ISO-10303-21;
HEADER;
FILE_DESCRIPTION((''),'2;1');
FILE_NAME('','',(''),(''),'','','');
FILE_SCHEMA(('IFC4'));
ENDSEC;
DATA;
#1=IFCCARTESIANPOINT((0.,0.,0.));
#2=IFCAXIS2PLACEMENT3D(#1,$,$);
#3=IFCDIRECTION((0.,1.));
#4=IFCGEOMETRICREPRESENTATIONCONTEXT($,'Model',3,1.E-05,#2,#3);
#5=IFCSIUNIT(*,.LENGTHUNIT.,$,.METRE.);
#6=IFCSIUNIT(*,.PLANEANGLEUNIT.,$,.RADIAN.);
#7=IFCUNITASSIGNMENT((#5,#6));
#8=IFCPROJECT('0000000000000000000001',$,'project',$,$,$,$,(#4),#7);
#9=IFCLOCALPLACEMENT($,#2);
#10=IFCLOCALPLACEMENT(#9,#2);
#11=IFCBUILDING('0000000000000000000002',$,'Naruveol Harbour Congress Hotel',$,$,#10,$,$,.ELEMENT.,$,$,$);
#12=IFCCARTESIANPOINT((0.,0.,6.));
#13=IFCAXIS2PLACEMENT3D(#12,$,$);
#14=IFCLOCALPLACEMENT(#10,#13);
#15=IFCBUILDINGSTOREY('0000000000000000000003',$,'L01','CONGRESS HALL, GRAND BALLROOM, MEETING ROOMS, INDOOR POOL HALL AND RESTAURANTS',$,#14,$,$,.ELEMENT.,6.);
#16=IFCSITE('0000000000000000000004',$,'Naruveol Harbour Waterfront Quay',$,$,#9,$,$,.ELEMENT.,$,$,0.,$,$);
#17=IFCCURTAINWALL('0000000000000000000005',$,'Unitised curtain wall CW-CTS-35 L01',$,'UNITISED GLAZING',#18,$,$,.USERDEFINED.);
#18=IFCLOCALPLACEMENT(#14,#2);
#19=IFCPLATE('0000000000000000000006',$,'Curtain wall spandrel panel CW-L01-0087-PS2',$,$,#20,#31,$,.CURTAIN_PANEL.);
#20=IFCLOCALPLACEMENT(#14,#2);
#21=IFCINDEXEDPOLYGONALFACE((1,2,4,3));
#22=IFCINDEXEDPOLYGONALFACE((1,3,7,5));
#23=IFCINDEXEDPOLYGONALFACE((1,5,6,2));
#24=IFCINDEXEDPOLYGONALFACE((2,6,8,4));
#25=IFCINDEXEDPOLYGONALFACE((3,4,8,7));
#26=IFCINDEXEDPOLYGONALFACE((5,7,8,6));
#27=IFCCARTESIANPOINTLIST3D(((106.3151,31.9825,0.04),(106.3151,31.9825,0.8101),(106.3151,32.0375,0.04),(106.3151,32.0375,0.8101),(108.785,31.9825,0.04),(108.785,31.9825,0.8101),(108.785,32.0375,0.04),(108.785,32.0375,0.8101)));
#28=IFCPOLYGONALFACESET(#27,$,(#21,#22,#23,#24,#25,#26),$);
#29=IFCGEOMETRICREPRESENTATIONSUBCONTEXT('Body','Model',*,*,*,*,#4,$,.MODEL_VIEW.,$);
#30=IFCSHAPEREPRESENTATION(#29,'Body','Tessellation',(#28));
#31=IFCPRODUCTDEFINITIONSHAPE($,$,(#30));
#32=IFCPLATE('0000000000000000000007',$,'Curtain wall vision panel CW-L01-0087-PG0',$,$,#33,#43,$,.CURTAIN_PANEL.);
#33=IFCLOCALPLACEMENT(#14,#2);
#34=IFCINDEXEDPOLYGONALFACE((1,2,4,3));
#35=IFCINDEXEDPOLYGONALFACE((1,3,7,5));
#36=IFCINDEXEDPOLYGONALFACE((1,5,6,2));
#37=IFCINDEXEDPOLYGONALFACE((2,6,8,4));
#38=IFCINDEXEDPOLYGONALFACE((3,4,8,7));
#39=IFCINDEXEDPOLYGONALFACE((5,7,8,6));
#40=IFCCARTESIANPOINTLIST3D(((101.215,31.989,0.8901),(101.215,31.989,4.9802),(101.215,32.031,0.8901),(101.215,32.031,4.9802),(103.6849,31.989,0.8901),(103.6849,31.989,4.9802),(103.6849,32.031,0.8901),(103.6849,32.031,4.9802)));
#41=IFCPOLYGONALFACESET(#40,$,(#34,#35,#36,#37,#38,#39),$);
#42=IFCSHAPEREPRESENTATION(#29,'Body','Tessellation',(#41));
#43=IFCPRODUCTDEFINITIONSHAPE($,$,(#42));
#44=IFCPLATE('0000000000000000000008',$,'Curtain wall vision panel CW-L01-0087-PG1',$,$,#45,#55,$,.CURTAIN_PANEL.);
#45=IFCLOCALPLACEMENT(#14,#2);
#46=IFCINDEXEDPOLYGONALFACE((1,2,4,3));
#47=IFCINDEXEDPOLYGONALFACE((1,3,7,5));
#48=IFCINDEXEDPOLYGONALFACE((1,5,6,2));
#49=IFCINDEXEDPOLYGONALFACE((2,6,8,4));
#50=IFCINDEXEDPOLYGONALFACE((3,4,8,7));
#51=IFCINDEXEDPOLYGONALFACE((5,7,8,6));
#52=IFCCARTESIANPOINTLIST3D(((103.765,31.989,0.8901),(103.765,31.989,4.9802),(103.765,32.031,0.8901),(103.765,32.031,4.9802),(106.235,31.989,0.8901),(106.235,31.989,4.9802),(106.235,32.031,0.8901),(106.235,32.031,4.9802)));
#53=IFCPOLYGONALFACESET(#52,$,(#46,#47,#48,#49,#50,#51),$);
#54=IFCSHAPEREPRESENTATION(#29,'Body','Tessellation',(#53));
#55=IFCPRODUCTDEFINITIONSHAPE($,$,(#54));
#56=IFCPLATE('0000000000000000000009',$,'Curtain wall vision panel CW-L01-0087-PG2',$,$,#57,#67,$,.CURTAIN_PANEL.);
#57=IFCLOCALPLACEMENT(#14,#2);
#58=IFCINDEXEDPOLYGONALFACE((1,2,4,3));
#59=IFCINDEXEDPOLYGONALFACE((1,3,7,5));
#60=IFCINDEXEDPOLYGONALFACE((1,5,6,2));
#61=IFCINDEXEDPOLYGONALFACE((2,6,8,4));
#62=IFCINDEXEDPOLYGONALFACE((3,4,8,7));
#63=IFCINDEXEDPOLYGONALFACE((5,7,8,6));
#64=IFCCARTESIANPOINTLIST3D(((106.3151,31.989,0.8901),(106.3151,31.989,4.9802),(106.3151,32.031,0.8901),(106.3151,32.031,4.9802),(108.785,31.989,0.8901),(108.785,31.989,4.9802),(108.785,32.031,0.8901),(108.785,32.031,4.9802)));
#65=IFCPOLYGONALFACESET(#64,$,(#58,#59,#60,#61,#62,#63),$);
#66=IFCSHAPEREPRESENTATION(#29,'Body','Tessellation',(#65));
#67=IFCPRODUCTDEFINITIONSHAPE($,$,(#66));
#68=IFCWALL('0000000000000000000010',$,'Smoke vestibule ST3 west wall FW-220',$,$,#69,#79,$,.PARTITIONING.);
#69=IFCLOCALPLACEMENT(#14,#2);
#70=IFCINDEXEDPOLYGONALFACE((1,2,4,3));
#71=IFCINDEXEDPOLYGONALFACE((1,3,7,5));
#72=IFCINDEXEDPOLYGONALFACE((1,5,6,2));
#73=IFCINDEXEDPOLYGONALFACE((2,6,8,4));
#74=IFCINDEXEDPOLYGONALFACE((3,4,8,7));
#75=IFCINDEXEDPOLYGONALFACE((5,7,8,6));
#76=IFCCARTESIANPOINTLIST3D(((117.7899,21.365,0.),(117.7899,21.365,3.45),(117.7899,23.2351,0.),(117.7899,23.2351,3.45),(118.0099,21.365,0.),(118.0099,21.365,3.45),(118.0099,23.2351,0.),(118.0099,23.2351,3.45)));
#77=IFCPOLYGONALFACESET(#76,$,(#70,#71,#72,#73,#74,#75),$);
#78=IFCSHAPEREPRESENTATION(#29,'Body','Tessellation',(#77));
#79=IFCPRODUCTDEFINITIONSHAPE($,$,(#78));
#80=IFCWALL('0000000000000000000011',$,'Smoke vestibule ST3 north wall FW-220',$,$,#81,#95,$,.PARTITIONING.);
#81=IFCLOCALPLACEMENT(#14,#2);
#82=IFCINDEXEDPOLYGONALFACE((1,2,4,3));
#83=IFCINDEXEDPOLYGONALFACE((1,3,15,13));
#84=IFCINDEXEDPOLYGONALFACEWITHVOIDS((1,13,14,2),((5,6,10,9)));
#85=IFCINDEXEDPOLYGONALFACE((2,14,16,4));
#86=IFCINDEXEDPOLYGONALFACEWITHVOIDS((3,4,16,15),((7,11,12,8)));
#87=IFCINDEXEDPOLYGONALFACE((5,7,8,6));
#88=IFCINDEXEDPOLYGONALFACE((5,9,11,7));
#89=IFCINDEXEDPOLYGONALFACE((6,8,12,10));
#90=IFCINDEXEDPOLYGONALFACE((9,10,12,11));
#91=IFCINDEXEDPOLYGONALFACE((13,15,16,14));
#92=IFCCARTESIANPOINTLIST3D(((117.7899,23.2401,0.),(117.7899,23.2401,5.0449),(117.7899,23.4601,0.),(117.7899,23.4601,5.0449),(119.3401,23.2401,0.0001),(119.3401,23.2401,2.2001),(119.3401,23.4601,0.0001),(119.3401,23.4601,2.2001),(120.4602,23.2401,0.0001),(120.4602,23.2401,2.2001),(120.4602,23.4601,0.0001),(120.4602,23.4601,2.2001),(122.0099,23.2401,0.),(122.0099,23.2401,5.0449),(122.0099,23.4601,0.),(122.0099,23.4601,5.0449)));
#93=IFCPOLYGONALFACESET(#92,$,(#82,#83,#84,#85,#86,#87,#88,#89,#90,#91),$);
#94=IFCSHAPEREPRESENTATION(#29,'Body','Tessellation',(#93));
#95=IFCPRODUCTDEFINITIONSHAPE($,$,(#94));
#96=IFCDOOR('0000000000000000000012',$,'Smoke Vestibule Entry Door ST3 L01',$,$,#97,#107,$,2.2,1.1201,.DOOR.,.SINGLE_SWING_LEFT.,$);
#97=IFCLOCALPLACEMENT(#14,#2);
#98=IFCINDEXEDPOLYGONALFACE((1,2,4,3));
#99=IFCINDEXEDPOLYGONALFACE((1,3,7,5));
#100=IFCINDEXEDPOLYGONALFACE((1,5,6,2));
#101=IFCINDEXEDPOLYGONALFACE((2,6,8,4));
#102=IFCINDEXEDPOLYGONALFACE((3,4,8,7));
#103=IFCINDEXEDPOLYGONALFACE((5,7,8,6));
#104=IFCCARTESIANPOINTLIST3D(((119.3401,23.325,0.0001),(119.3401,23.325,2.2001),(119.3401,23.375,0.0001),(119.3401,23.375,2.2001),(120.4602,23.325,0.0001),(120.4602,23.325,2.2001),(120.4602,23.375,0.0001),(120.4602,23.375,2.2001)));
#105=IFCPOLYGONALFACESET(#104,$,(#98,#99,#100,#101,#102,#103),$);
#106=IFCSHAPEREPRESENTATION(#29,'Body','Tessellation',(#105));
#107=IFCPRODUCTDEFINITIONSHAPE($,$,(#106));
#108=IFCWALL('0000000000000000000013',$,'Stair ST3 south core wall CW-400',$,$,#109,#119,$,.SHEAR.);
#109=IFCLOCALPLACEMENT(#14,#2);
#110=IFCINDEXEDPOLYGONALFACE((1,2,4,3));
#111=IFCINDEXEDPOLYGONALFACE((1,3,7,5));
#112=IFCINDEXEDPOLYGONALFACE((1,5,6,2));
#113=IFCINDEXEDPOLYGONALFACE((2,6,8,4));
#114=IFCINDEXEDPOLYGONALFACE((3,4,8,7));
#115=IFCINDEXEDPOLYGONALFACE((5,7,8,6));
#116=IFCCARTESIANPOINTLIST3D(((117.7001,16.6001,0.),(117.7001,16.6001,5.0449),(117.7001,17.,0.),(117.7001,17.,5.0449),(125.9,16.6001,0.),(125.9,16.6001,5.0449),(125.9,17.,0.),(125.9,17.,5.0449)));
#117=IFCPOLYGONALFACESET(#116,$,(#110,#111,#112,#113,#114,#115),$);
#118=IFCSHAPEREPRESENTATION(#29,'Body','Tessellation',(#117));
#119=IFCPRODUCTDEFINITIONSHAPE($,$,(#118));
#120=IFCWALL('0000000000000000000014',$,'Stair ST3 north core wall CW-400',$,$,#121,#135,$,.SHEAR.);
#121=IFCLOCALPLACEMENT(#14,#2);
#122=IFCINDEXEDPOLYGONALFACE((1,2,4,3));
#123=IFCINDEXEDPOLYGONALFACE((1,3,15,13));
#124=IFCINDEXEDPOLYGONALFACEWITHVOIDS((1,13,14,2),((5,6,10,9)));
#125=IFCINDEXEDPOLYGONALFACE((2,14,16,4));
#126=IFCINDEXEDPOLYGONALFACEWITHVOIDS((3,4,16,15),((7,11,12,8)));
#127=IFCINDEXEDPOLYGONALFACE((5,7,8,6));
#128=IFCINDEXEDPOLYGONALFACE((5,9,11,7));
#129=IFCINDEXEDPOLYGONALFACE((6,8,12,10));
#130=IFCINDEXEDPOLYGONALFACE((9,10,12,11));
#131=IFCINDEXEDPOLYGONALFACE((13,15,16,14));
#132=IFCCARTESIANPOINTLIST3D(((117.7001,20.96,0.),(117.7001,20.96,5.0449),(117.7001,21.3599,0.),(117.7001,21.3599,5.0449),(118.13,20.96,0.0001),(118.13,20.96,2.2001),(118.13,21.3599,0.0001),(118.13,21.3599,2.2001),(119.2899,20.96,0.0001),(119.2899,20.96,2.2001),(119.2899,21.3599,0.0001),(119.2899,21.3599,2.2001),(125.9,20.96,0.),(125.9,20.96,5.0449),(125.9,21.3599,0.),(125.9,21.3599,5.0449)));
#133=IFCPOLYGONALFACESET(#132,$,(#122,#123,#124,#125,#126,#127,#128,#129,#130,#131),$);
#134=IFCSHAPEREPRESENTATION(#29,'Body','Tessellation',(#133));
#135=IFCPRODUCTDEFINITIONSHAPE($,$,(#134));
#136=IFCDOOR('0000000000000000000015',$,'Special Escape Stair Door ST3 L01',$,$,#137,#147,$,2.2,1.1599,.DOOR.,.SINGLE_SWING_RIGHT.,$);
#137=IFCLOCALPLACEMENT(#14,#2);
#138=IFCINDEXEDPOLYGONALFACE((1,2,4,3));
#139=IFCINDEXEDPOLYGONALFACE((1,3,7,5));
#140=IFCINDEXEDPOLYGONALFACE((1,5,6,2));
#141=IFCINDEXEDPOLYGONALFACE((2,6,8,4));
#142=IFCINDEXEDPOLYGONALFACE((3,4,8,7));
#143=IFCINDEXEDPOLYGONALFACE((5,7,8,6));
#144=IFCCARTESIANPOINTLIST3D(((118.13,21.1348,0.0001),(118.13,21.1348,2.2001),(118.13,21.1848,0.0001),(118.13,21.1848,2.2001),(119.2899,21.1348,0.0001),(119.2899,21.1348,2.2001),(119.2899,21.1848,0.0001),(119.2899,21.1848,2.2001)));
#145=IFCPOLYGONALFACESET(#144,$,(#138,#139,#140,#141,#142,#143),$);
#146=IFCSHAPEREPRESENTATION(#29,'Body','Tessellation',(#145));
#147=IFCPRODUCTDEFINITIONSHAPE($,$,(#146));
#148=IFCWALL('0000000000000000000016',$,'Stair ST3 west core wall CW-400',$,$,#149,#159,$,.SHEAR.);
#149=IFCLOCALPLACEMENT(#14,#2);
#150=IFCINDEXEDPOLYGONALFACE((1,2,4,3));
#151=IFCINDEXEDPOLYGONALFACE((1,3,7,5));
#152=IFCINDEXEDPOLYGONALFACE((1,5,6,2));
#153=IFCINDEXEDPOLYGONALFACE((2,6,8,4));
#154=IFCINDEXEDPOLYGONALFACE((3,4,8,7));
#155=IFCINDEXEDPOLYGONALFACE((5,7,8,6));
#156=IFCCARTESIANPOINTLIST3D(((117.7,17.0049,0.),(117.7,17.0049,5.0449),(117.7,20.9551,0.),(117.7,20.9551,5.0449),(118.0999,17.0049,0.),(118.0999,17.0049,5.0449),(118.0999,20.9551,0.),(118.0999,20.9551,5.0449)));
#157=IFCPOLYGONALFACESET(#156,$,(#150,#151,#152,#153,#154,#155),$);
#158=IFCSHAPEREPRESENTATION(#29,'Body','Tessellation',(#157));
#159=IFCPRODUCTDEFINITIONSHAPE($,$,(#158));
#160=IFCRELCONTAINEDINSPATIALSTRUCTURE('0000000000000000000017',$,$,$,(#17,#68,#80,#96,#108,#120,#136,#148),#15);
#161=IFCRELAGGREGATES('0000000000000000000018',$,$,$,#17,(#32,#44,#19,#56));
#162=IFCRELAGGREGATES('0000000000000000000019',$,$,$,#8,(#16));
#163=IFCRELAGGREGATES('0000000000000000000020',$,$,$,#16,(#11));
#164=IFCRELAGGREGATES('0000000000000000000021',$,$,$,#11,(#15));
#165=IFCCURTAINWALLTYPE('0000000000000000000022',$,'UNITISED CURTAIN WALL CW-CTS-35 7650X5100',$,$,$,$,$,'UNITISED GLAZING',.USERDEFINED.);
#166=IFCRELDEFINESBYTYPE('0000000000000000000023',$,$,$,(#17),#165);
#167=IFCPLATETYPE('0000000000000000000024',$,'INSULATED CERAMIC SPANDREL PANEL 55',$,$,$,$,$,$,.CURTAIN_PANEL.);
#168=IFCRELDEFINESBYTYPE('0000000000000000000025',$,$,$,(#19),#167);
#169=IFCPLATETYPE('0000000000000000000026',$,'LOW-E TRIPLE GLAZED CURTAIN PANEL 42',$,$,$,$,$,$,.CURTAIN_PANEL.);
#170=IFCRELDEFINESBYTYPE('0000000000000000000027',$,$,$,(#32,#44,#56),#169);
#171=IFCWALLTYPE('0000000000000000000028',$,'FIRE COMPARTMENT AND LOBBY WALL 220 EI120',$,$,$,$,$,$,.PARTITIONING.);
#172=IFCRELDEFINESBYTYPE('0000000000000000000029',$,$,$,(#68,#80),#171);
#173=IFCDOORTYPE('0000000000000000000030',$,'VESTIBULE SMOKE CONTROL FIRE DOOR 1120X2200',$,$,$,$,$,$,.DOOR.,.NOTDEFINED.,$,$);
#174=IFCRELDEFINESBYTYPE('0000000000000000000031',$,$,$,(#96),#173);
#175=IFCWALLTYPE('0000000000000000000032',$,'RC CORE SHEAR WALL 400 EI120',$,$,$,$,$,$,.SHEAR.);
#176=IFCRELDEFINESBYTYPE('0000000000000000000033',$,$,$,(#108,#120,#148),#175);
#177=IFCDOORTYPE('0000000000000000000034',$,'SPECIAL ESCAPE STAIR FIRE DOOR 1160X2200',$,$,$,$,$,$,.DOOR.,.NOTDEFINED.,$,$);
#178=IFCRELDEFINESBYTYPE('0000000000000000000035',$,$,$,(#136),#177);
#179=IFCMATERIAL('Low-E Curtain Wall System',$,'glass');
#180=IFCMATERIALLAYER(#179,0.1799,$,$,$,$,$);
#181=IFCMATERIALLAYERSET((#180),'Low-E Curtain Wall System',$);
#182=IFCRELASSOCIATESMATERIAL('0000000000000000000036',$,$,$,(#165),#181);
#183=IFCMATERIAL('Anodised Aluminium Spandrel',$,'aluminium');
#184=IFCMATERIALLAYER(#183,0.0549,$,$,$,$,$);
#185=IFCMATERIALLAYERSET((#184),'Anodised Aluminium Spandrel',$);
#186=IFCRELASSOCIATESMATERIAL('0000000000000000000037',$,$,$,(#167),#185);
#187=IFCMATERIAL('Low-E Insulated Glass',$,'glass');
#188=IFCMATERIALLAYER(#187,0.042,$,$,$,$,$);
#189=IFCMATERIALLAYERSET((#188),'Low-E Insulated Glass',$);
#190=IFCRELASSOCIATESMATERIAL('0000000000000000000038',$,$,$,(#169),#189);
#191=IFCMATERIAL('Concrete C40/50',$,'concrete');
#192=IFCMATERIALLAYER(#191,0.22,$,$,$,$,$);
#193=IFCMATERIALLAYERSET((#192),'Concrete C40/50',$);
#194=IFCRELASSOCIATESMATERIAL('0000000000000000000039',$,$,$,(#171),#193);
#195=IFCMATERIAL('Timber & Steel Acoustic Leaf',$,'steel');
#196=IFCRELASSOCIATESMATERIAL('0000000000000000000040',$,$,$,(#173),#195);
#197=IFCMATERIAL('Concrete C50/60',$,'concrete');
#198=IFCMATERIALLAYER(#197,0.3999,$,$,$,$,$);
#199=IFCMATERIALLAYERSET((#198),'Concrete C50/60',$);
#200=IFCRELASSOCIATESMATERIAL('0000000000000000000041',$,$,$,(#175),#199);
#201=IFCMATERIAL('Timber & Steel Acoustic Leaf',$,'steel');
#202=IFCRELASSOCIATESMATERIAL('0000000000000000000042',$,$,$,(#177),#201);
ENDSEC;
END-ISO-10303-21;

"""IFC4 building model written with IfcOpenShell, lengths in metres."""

from ifc_helpers import new_model, si_unit, direction, frame, frame_2d, origin, origin_2d, place, context, subcontext, project, spatial, rectangle, extrude, material, layer, layer_set, type_object, element, fill, aggregate, save


model = new_model("IFC4")

# Units and contexts
model_context = context("Model", 3, precision=1e-05, world=origin(), true_north=direction((0.0, 1.0)))
body_context = subcontext(model_context, "Body", "Model", "MODEL_VIEW")
ifc_project = project(units=[si_unit("LENGTHUNIT", "METRE"), si_unit("PLANEANGLEUNIT", "RADIAN")], contexts=[model_context])

# Site, building, storey
site_placement = place(None, origin())
site = spatial("IfcSite", under=ifc_project, at=site_placement, Name="Naruveol Harbour Waterfront Quay", CompositionType="ELEMENT", RefElevation=0.0)
building_placement = place(site_placement, origin())
building = spatial("IfcBuilding", under=site, at=building_placement, Name="Naruveol Harbour Congress Hotel", CompositionType="ELEMENT")
storey_placement = place(building_placement, frame((0.0, 0.0, 6.0)))
storey = spatial("IfcBuildingStorey", under=building, at=storey_placement, Name="L01", Description="CONGRESS HALL, GRAND BALLROOM, MEETING ROOMS, INDOOR POOL HALL AND RESTAURANTS", CompositionType="ELEMENT", Elevation=6.0)

# Curtain wall, plates
ifc_material_1 = material(Name="Low-E Curtain Wall System", Category="glass")
ifc_layer_1 = layer(ifc_material_1, 0.1799)
ifc_layer_set_1 = layer_set([ifc_layer_1], Name="Low-E Curtain Wall System")
curtain_wall_type = type_object("IfcCurtainWallType", Name="UNITISED CURTAIN WALL CW-CTS-35 7650X5100", ElementType="UNITISED GLAZING", PredefinedType="USERDEFINED", material=ifc_layer_set_1)
curtain_wall_placement = place(storey_placement, origin())
curtain_wall = element("IfcCurtainWall", 1, at=curtain_wall_placement, inside=storey, type_object=curtain_wall_type, Name="Unitised curtain wall CW-CTS-35 L01", ObjectType="UNITISED GLAZING", PredefinedType="USERDEFINED")
ifc_material_2 = material(Name="Anodised Aluminium Spandrel", Category="aluminium")
ifc_layer_2 = layer(ifc_material_2, 0.0549)
ifc_layer_set_2 = layer_set([ifc_layer_2], Name="Anodised Aluminium Spandrel")
plate_type_1 = type_object("IfcPlateType", Name="INSULATED CERAMIC SPANDREL PANEL 55", PredefinedType="CURTAIN_PANEL", material=ifc_layer_set_2)
plate_1_placement = place(storey_placement, frame((107.55, 32.01, 0.04), z_axis=(0.0, 0.0, 1.0), x_axis=(1.0, 0.0, 0.0)))
plate_1 = element("IfcPlate", 2, at=plate_1_placement, type_object=plate_type_1, Name="Curtain wall spandrel panel CW-L01-0087-PS2", PredefinedType="CURTAIN_PANEL", context=body_context, shape_type="SweptSolid", body=[
    extrude(rectangle(XDim=2.47, YDim=0.0549, at=origin_2d()), origin(), (0.0, 0.0, 1.0), 0.77),
])
ifc_material_3 = material(Name="Low-E Insulated Glass", Category="glass")
ifc_layer_3 = layer(ifc_material_3, 0.042)
ifc_layer_set_3 = layer_set([ifc_layer_3], Name="Low-E Insulated Glass")
plate_type_2 = type_object("IfcPlateType", Name="LOW-E TRIPLE GLAZED CURTAIN PANEL 42", PredefinedType="CURTAIN_PANEL", material=ifc_layer_set_3)
plate_2_placement = place(storey_placement, frame((102.45, 32.01, 0.8901), z_axis=(0.0, 0.0, 1.0), x_axis=(1.0, 0.0, 0.0)))
plate_2 = element("IfcPlate", 3, at=plate_2_placement, type_object=plate_type_2, Name="Curtain wall vision panel CW-L01-0087-PG0", PredefinedType="CURTAIN_PANEL", context=body_context, shape_type="SweptSolid", body=[
    extrude(rectangle(XDim=2.47, YDim=0.042, at=origin_2d()), origin(), (0.0, 0.0, 1.0), 4.0901),
])
plate_3_placement = place(storey_placement, frame((105.0, 32.01, 0.8901), z_axis=(0.0, 0.0, 1.0), x_axis=(1.0, 0.0, 0.0)))
plate_3 = element("IfcPlate", 4, at=plate_3_placement, type_object=plate_type_2, Name="Curtain wall vision panel CW-L01-0087-PG1", PredefinedType="CURTAIN_PANEL", context=body_context, shape_type="SweptSolid", body=[
    extrude(rectangle(XDim=2.47, YDim=0.042, at=origin_2d()), origin(), (0.0, 0.0, 1.0), 4.0901),
])
plate_4_placement = place(storey_placement, frame((107.55, 32.01, 0.8901), z_axis=(0.0, 0.0, 1.0), x_axis=(1.0, 0.0, 0.0)))
plate_4 = element("IfcPlate", 5, at=plate_4_placement, type_object=plate_type_2, Name="Curtain wall vision panel CW-L01-0087-PG2", PredefinedType="CURTAIN_PANEL", context=body_context, shape_type="SweptSolid", body=[
    extrude(rectangle(XDim=2.47, YDim=0.042, at=origin_2d()), origin(), (0.0, 0.0, 1.0), 4.0901),
])
aggregate(curtain_wall, [plate_2, plate_3, plate_1, plate_4])

# Wall
ifc_material_4 = material(Name="Concrete C40/50", Category="concrete")
ifc_layer_4 = layer(ifc_material_4, 0.22)
ifc_layer_set_4 = layer_set([ifc_layer_4], Name="Concrete C40/50")
wall_type_1 = type_object("IfcWallType", Name="FIRE COMPARTMENT AND LOBBY WALL 220 EI120", PredefinedType="PARTITIONING", material=ifc_layer_set_4)
wall_1_placement = place(storey_placement, frame((117.8999, 21.365, 0.0), z_axis=(0.0, 0.0, 1.0), x_axis=(0.0, 1.0, 0.0)))
element("IfcWall", 6, at=wall_1_placement, inside=storey, type_object=wall_type_1, Name="Smoke vestibule ST3 west wall FW-220", PredefinedType="PARTITIONING", context=body_context, shape_type="SweptSolid", body=[
    extrude(rectangle(XDim=1.8701, YDim=0.22, at=frame_2d((0.9351, 0.0))), origin(), (0.0, 0.0, 1.0), 3.45),
])

# Wall, opening, door
wall_2_placement = place(storey_placement, frame((117.79, 23.3501, 0.0), z_axis=(0.0, 0.0, 1.0), x_axis=(1.0, 0.0, 0.0)))
wall_2 = element("IfcWall", 7, at=wall_2_placement, inside=storey, type_object=wall_type_1, Name="Smoke vestibule ST3 north wall FW-220", PredefinedType="PARTITIONING", context=body_context, shape_type="SweptSolid", body=[
    extrude(rectangle(XDim=4.22, YDim=0.22, at=frame_2d((2.1099, 0.0))), origin(), (0.0, 0.0, 1.0), 5.0449),
])
opening_1_placement = place(wall_2_placement, frame((1.55, 0.0, 0.0)))
opening_1 = element("IfcOpeningElement", 8, at=opening_1_placement, cuts=wall_2, PredefinedType="OPENING", context=body_context, shape_type="SweptSolid", body=[
    extrude(rectangle(XDim=1.1201, YDim=2.2, at=frame_2d((0.5601, 1.1001))), frame((0.0, 0.1199, 0.0), z_axis=(0.0, -1.0, 0.0), x_axis=(1.0, 0.0, 0.0)), (0.0, 0.0, 1.0), 0.24),
])
ifc_material_5 = material(Name="Timber & Steel Acoustic Leaf", Category="steel")
door_type_1 = type_object("IfcDoorType", Name="VESTIBULE SMOKE CONTROL FIRE DOOR 1120X2200", OperationType="NOTDEFINED", PredefinedType="DOOR", material=ifc_material_5)
door_1_placement = place(opening_1_placement, origin())
door_1 = element("IfcDoor", 9, at=door_1_placement, inside=storey, type_object=door_type_1, Name="Smoke Vestibule Entry Door ST3 L01", OperationType="SINGLE_SWING_LEFT", OverallHeight=2.2, OverallWidth=1.1201, PredefinedType="DOOR", context=body_context, shape_type="SweptSolid", body=[
    extrude(rectangle(XDim=1.1201, YDim=2.2, at=frame_2d((0.5601, 1.1001))), frame((0.0, 0.0249, 0.0), z_axis=(0.0, -1.0, 0.0), x_axis=(1.0, 0.0, 0.0)), (0.0, 0.0, 1.0), 0.05),
])
fill(opening_1, door_1)

# Wall
ifc_material_6 = material(Name="Concrete C50/60", Category="concrete")
ifc_layer_5 = layer(ifc_material_6, 0.3999)
ifc_layer_set_5 = layer_set([ifc_layer_5], Name="Concrete C50/60")
wall_type_2 = type_object("IfcWallType", Name="RC CORE SHEAR WALL 400 EI120", PredefinedType="SHEAR", material=ifc_layer_set_5)
wall_3_placement = place(storey_placement, frame((117.7, 16.8, 0.0), z_axis=(0.0, 0.0, 1.0), x_axis=(1.0, 0.0, 0.0)))
element("IfcWall", 10, at=wall_3_placement, inside=storey, type_object=wall_type_2, Name="Stair ST3 south core wall CW-400", PredefinedType="SHEAR", context=body_context, shape_type="SweptSolid", body=[
    extrude(rectangle(XDim=8.2, YDim=0.3999, at=frame_2d((4.1001, 0.0))), origin(), (0.0, 0.0, 1.0), 5.0449),
])

# Wall, opening, door
wall_4_placement = place(storey_placement, frame((117.7, 21.1599, 0.0), z_axis=(0.0, 0.0, 1.0), x_axis=(1.0, 0.0, 0.0)))
wall_4 = element("IfcWall", 11, at=wall_4_placement, inside=storey, type_object=wall_type_2, Name="Stair ST3 north core wall CW-400", PredefinedType="SHEAR", context=body_context, shape_type="SweptSolid", body=[
    extrude(rectangle(XDim=8.2, YDim=0.3999, at=frame_2d((4.1001, 0.0))), origin(), (0.0, 0.0, 1.0), 5.0449),
])
opening_2_placement = place(wall_4_placement, frame((0.4299, 0.0, 0.0)))
opening_2 = element("IfcOpeningElement", 12, at=opening_2_placement, cuts=wall_4, PredefinedType="OPENING", context=body_context, shape_type="SweptSolid", body=[
    extrude(rectangle(XDim=1.1599, YDim=2.2, at=frame_2d((0.5801, 1.1001))), frame((0.0, 0.21, 0.0), z_axis=(0.0, -1.0, 0.0), x_axis=(1.0, 0.0, 0.0)), (0.0, 0.0, 1.0), 0.4199),
])
ifc_material_7 = material(Name="Timber & Steel Acoustic Leaf", Category="steel")
door_type_2 = type_object("IfcDoorType", Name="SPECIAL ESCAPE STAIR FIRE DOOR 1160X2200", OperationType="NOTDEFINED", PredefinedType="DOOR", material=ifc_material_7)
door_2_placement = place(opening_2_placement, origin())
door_2 = element("IfcDoor", 13, at=door_2_placement, inside=storey, type_object=door_type_2, Name="Special Escape Stair Door ST3 L01", OperationType="SINGLE_SWING_RIGHT", OverallHeight=2.2, OverallWidth=1.1599, PredefinedType="DOOR", context=body_context, shape_type="SweptSolid", body=[
    extrude(rectangle(XDim=1.1599, YDim=2.2, at=frame_2d((0.5801, 1.1001))), frame((0.0, 0.0249, 0.0), z_axis=(0.0, -1.0, 0.0), x_axis=(1.0, 0.0, 0.0)), (0.0, 0.0, 1.0), 0.05),
])
fill(opening_2, door_2)

# Wall
wall_5_placement = place(storey_placement, frame((117.8999, 17.0049, 0.0), z_axis=(0.0, 0.0, 1.0), x_axis=(0.0, 1.0, 0.0)))
element("IfcWall", 14, at=wall_5_placement, inside=storey, type_object=wall_type_2, Name="Stair ST3 west core wall CW-400", PredefinedType="SHEAR", context=body_context, shape_type="SweptSolid", body=[
    extrude(rectangle(XDim=3.9502, YDim=0.3999, at=frame_2d((1.9751, 0.0))), origin(), (0.0, 0.0, 1.0), 5.0449),
])

save(model, "model.ifc")
